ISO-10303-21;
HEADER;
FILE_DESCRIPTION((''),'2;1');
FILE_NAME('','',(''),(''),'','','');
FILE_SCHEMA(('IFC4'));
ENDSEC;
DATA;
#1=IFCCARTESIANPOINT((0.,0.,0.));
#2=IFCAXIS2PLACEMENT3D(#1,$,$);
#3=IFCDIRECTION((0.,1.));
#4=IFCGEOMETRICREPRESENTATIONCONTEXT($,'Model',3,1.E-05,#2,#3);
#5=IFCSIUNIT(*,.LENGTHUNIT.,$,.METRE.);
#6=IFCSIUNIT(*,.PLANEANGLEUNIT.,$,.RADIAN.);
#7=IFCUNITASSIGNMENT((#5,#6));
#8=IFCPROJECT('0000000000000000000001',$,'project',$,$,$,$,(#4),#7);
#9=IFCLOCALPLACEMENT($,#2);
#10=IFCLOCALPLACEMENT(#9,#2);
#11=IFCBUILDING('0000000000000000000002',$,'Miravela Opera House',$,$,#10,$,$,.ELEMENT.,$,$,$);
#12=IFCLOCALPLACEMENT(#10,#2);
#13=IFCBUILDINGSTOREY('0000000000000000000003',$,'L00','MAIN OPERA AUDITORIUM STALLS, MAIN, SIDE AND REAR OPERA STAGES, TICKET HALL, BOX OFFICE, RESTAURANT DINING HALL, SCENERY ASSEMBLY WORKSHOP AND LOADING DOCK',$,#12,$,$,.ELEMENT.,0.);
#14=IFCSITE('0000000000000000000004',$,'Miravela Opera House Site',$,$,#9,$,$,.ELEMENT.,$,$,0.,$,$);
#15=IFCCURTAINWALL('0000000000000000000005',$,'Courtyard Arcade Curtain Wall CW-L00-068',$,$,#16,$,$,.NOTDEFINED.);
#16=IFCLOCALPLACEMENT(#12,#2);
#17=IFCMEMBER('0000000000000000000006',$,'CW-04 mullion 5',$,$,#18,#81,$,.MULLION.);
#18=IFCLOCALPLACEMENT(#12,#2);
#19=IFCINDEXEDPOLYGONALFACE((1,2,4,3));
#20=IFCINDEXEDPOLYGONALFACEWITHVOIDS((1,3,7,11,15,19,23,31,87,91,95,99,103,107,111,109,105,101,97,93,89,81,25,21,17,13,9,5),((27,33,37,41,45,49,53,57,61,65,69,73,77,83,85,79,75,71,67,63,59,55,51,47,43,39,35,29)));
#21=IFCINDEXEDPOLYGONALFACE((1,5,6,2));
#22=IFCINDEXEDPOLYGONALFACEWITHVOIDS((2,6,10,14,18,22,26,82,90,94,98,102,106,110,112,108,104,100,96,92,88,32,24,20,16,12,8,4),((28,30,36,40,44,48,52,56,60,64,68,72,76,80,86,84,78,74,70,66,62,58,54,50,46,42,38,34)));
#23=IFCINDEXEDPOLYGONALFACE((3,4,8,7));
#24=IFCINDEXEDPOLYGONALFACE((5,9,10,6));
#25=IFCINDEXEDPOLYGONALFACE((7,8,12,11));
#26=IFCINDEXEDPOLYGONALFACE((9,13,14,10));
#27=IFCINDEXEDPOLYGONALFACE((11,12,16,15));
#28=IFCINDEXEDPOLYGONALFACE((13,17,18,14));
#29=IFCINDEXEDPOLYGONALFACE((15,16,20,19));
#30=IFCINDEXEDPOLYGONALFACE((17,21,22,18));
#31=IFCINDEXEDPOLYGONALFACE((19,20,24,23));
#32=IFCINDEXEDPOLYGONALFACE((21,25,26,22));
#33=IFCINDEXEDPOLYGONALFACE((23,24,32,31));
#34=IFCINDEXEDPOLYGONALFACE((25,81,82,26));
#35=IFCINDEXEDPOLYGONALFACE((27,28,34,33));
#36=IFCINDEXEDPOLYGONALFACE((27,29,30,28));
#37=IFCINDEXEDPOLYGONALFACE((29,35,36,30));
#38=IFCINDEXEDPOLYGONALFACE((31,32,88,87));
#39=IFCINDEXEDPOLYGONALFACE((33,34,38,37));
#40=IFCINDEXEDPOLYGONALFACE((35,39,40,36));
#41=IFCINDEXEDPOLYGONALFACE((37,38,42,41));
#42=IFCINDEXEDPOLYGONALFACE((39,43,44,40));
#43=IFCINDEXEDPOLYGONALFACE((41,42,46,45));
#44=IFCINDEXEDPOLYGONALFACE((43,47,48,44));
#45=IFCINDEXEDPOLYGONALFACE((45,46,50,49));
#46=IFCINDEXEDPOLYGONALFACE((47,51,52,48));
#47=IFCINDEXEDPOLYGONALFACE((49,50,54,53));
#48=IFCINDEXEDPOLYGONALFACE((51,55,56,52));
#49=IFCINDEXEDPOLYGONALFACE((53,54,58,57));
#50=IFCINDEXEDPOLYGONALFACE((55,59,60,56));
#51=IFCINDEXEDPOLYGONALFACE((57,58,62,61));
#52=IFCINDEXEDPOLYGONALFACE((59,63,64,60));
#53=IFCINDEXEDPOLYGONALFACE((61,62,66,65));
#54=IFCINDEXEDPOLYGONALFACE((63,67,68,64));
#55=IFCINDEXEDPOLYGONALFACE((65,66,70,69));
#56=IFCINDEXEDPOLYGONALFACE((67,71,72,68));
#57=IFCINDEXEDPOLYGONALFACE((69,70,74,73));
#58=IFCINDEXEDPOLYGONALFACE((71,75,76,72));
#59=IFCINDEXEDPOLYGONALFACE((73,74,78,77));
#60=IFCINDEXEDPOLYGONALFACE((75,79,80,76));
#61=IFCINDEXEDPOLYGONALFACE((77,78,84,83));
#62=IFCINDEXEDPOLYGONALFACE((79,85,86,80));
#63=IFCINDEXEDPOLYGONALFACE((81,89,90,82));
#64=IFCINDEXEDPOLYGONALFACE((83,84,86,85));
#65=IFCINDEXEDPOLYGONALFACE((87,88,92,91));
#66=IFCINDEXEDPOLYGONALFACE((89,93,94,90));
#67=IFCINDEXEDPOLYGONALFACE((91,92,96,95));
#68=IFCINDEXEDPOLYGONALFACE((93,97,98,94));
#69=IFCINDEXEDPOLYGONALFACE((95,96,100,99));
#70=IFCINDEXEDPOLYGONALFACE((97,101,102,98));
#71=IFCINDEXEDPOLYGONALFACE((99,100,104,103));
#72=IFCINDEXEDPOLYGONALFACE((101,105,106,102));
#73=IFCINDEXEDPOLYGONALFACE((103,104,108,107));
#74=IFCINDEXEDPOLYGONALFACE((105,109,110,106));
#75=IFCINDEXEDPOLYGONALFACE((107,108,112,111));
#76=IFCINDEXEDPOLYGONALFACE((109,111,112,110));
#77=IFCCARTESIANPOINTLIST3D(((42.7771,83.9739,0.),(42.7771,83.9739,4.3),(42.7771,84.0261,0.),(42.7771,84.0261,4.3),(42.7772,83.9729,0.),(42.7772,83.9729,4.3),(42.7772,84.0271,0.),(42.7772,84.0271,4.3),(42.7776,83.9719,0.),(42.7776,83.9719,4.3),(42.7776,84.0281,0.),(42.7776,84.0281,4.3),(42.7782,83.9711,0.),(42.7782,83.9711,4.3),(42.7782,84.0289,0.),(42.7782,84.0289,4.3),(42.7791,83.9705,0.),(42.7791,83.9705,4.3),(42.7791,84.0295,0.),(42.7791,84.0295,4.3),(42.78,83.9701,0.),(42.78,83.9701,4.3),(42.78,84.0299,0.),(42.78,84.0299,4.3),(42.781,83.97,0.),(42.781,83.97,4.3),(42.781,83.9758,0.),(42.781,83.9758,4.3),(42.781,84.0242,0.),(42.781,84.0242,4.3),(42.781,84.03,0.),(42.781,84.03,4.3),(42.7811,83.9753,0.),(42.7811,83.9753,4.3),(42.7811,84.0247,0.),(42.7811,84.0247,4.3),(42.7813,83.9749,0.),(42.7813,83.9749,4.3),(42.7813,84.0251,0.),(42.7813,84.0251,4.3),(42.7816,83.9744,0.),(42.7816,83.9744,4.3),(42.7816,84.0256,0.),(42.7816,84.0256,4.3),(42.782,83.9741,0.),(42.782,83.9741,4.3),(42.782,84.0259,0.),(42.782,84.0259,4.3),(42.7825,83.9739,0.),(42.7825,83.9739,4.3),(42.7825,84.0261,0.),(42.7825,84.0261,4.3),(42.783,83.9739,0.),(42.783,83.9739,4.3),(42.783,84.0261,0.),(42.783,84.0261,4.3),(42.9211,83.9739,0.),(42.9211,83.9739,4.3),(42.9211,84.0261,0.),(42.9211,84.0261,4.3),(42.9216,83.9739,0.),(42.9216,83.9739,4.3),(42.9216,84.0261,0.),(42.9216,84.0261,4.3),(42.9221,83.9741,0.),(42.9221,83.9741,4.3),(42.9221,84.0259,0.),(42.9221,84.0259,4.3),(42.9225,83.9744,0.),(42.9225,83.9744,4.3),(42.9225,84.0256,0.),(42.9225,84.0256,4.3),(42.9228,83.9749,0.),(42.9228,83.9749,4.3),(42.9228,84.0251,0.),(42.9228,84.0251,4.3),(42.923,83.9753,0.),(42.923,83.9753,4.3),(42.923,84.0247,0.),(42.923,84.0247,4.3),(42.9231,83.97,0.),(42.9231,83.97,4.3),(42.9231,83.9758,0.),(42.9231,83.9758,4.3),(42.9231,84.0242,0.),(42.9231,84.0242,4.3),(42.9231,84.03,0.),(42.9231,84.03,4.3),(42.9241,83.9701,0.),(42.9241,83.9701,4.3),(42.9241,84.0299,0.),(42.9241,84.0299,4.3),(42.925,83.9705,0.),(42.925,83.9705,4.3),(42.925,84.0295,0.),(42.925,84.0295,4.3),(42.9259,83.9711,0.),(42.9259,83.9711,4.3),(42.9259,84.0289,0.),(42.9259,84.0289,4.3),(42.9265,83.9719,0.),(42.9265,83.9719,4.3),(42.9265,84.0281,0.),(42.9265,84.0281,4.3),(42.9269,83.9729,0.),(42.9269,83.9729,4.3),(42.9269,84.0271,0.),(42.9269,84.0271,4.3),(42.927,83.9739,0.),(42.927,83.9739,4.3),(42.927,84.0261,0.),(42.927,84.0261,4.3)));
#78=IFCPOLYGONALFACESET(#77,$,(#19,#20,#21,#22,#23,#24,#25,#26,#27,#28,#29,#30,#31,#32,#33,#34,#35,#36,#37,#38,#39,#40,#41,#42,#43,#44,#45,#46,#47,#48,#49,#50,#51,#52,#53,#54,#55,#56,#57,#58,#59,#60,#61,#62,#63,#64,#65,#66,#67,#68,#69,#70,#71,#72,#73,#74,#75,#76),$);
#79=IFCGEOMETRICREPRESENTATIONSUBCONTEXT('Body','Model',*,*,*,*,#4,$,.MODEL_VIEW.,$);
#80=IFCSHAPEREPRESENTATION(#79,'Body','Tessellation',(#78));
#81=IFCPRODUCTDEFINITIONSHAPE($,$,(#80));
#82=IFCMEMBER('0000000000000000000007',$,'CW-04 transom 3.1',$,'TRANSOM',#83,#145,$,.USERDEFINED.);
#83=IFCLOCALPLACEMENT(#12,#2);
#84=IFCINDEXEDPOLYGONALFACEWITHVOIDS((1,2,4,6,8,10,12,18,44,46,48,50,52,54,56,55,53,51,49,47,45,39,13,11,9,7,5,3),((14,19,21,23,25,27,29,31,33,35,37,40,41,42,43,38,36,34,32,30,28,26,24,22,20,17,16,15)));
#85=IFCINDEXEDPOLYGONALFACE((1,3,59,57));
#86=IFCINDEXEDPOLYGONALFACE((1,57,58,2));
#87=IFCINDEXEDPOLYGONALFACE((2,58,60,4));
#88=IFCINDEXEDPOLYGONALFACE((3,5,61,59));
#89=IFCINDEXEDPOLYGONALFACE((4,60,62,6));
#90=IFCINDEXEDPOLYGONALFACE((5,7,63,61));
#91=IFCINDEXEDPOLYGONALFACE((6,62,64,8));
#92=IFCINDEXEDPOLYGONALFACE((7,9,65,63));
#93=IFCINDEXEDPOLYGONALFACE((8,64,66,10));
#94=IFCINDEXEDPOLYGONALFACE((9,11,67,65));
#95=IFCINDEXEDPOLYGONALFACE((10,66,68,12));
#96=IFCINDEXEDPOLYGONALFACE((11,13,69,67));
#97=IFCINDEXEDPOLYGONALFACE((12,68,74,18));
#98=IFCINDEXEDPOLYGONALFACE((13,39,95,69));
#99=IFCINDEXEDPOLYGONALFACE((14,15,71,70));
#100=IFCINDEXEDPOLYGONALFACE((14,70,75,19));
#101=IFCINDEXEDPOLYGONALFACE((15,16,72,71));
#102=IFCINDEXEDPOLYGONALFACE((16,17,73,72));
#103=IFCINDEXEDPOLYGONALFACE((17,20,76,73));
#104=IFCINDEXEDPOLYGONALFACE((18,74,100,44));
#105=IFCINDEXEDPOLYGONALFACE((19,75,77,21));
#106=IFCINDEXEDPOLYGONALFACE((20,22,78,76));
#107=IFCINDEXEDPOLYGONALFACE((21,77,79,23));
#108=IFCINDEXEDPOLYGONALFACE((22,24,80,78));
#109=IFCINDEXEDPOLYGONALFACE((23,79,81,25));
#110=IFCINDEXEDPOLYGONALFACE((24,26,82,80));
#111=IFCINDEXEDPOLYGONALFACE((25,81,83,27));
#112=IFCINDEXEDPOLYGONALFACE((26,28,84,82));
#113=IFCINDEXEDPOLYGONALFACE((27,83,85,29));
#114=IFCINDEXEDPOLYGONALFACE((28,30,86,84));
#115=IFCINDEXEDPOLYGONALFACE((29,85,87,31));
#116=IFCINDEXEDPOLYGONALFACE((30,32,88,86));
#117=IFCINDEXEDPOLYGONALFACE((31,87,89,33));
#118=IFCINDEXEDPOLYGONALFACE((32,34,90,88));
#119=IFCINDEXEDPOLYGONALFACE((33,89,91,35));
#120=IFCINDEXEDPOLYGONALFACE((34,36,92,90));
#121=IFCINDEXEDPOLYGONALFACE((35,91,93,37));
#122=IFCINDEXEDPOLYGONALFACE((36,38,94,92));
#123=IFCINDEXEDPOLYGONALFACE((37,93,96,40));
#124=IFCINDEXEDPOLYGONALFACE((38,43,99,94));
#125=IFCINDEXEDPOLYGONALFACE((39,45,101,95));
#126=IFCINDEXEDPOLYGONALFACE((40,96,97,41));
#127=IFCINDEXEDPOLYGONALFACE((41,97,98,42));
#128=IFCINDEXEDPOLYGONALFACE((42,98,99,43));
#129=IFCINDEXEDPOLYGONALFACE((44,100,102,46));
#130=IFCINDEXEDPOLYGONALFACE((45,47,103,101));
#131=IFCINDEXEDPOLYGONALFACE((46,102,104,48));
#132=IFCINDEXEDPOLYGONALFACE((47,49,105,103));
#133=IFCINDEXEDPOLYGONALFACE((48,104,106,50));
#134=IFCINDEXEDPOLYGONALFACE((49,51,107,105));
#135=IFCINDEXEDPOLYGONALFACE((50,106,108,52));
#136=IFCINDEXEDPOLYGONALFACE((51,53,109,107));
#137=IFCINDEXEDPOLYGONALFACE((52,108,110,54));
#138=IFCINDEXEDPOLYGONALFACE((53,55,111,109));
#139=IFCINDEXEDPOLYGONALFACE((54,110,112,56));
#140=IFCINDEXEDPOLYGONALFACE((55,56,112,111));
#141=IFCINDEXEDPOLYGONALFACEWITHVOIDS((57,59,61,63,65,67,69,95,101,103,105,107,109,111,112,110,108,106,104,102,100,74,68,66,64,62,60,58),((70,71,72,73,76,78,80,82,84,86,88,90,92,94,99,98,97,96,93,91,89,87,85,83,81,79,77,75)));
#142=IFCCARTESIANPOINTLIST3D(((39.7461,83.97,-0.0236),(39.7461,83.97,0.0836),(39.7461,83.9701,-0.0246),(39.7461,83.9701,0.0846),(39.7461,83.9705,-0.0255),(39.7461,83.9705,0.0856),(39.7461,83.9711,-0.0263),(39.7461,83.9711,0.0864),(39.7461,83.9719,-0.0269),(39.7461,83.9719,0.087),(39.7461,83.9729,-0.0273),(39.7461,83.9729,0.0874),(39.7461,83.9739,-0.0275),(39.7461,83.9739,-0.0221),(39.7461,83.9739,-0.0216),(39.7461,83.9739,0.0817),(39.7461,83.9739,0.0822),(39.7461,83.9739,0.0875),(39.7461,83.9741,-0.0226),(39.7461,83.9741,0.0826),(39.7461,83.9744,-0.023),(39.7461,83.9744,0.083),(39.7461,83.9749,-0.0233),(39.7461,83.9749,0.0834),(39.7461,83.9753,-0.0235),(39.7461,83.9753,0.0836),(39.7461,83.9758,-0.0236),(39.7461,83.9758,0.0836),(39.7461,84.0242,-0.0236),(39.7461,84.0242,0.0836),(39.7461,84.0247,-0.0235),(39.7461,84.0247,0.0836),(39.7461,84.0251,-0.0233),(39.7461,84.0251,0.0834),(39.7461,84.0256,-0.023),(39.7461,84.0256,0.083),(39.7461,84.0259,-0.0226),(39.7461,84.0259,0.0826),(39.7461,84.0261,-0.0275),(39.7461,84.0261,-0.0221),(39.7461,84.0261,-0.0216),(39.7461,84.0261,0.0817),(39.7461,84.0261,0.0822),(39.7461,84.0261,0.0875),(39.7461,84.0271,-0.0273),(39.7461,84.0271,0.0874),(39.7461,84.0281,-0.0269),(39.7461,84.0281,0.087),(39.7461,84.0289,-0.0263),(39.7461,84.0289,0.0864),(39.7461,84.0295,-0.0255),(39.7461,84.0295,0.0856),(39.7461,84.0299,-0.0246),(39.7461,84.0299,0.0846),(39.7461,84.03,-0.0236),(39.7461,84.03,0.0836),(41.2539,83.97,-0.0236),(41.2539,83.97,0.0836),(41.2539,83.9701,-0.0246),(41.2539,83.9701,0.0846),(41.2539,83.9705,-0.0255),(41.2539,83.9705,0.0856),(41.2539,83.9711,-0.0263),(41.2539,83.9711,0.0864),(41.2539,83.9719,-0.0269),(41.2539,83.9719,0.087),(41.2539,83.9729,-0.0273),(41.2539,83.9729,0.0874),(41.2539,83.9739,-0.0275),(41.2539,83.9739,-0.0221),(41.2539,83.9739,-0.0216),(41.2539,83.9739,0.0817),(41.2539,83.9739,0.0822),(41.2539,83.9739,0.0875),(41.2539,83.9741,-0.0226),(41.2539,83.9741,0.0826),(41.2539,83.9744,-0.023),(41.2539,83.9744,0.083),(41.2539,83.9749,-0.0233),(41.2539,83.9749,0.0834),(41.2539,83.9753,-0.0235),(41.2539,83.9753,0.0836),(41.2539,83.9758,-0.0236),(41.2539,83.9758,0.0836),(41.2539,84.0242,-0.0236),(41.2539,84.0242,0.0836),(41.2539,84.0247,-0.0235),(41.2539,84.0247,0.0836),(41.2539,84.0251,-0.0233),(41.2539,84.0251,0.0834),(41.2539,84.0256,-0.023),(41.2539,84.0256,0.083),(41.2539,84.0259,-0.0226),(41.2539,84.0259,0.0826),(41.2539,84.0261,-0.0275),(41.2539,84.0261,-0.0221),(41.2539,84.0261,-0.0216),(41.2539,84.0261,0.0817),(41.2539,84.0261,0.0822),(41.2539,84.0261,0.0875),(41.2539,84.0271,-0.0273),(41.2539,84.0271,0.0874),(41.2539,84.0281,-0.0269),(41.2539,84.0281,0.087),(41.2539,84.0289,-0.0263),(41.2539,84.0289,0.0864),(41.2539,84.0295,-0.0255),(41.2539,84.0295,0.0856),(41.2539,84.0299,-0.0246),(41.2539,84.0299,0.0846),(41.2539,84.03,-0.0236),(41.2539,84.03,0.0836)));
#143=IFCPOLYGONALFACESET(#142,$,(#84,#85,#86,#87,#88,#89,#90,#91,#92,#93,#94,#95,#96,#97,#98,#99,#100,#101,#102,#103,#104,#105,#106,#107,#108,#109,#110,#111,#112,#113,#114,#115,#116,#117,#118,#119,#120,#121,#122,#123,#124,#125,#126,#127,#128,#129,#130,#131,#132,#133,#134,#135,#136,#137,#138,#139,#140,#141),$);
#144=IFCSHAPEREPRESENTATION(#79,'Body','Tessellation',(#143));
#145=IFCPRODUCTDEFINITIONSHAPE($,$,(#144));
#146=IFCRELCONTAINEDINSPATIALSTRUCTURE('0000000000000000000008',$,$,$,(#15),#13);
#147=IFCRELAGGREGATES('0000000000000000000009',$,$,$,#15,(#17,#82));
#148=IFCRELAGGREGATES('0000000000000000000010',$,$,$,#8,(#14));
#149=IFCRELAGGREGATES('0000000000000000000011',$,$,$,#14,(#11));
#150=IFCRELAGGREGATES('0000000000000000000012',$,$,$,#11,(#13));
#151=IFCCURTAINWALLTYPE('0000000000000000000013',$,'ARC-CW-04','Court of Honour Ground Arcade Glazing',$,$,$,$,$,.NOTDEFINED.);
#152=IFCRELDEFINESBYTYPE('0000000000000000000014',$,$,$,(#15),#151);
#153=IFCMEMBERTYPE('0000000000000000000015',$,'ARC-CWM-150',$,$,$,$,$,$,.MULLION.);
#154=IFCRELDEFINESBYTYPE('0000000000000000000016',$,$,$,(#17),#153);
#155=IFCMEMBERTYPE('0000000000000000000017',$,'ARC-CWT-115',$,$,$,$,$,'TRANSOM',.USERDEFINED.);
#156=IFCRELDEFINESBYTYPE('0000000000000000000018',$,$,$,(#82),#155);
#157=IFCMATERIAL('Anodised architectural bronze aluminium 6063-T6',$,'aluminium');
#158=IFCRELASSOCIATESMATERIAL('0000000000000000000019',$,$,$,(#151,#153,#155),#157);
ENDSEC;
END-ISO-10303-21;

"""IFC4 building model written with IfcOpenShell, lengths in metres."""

from ifc_helpers import new_model, si_unit, direction, frame, origin, origin_2d, place, context, subcontext, project, spatial, hollow_rectangle, extrude, material, material_profile, profile_set, type_object, element, aggregate, save


model = new_model("IFC4")

# Units and contexts
model_context = context("Model", 3, precision=1e-05, world=origin(), true_north=direction((0.0, 1.0)))
body_context = subcontext(model_context, "Body", "Model", "MODEL_VIEW")
ifc_project = project(units=[si_unit("LENGTHUNIT", "METRE"), si_unit("PLANEANGLEUNIT", "RADIAN")], contexts=[model_context])

# Site, building, storey
site_placement = place(None, origin())
site = spatial("IfcSite", under=ifc_project, at=site_placement, Name="Miravela Opera House Site", CompositionType="ELEMENT", RefElevation=0.0)
building_placement = place(site_placement, origin())
building = spatial("IfcBuilding", under=site, at=building_placement, Name="Miravela Opera House", CompositionType="ELEMENT")
storey_placement = place(building_placement, origin())
storey = spatial("IfcBuildingStorey", under=building, at=storey_placement, Name="L00", Description="MAIN OPERA AUDITORIUM STALLS, MAIN, SIDE AND REAR OPERA STAGES, TICKET HALL, BOX OFFICE, RESTAURANT DINING HALL, SCENERY ASSEMBLY WORKSHOP AND LOADING DOCK", CompositionType="ELEMENT", Elevation=0.0)

# Curtain wall, members
ifc_material_1 = material(Name="Anodised architectural bronze aluminium 6063-T6", Category="aluminium")
curtain_wall_type = type_object("IfcCurtainWallType", Name="ARC-CW-04", Description="Court of Honour Ground Arcade Glazing", PredefinedType="NOTDEFINED", material=ifc_material_1)
curtain_wall_placement = place(storey_placement, origin())
curtain_wall = element("IfcCurtainWall", 1, at=curtain_wall_placement, inside=storey, type_object=curtain_wall_type, Name="Courtyard Arcade Curtain Wall CW-L00-068", PredefinedType="NOTDEFINED")
ifc_material_profile_1 = material_profile(ifc_material_1, hollow_rectangle(XDim=0.0601, YDim=0.1499, WallThickness=0.0039, InnerFilletRadius=0.002, OuterFilletRadius=0.0039, at=origin_2d()), Name="CWM-60X150")
ifc_profile_set_1 = profile_set([ifc_material_profile_1])
member_type_1 = type_object("IfcMemberType", Name="ARC-CWM-150", PredefinedType="MULLION", material=ifc_profile_set_1)
member_1_placement = place(storey_placement, frame((42.8521, 84.0, 0.0), z_axis=(0.0, 0.0, 1.0), x_axis=(0.0, 1.0, 0.0)))
member_1 = element("IfcMember", 2, at=member_1_placement, type_object=member_type_1, Name="CW-04 mullion 5", PredefinedType="MULLION", context=body_context, shape_type="SweptSolid", body=[
    extrude(hollow_rectangle(XDim=0.0601, YDim=0.1499, WallThickness=0.0039, InnerFilletRadius=0.002, OuterFilletRadius=0.0039, at=origin_2d()), origin(), (0.0, 0.0, 1.0), 4.3),
])
ifc_material_profile_2 = material_profile(ifc_material_1, hollow_rectangle(XDim=0.0601, YDim=0.115, WallThickness=0.0039, InnerFilletRadius=0.002, OuterFilletRadius=0.0039, at=origin_2d()), Name="CWT-60X115")
ifc_profile_set_2 = profile_set([ifc_material_profile_2])
member_type_2 = type_object("IfcMemberType", Name="ARC-CWT-115", ElementType="TRANSOM", PredefinedType="USERDEFINED", material=ifc_profile_set_2)
member_2_placement = place(storey_placement, frame((39.7461, 84.0, 0.03), z_axis=(1.0, 0.0, 0.0), x_axis=(0.0, 1.0, 0.0)))
member_2 = element("IfcMember", 3, at=member_2_placement, type_object=member_type_2, Name="CW-04 transom 3.1", ObjectType="TRANSOM", PredefinedType="USERDEFINED", context=body_context, shape_type="SweptSolid", body=[
    extrude(hollow_rectangle(XDim=0.0601, YDim=0.115, WallThickness=0.0039, InnerFilletRadius=0.002, OuterFilletRadius=0.0039, at=origin_2d()), origin(), (0.0, 0.0, 1.0), 1.5078),
])
aggregate(curtain_wall, [member_1, member_2])

save(model, "model.ifc")
